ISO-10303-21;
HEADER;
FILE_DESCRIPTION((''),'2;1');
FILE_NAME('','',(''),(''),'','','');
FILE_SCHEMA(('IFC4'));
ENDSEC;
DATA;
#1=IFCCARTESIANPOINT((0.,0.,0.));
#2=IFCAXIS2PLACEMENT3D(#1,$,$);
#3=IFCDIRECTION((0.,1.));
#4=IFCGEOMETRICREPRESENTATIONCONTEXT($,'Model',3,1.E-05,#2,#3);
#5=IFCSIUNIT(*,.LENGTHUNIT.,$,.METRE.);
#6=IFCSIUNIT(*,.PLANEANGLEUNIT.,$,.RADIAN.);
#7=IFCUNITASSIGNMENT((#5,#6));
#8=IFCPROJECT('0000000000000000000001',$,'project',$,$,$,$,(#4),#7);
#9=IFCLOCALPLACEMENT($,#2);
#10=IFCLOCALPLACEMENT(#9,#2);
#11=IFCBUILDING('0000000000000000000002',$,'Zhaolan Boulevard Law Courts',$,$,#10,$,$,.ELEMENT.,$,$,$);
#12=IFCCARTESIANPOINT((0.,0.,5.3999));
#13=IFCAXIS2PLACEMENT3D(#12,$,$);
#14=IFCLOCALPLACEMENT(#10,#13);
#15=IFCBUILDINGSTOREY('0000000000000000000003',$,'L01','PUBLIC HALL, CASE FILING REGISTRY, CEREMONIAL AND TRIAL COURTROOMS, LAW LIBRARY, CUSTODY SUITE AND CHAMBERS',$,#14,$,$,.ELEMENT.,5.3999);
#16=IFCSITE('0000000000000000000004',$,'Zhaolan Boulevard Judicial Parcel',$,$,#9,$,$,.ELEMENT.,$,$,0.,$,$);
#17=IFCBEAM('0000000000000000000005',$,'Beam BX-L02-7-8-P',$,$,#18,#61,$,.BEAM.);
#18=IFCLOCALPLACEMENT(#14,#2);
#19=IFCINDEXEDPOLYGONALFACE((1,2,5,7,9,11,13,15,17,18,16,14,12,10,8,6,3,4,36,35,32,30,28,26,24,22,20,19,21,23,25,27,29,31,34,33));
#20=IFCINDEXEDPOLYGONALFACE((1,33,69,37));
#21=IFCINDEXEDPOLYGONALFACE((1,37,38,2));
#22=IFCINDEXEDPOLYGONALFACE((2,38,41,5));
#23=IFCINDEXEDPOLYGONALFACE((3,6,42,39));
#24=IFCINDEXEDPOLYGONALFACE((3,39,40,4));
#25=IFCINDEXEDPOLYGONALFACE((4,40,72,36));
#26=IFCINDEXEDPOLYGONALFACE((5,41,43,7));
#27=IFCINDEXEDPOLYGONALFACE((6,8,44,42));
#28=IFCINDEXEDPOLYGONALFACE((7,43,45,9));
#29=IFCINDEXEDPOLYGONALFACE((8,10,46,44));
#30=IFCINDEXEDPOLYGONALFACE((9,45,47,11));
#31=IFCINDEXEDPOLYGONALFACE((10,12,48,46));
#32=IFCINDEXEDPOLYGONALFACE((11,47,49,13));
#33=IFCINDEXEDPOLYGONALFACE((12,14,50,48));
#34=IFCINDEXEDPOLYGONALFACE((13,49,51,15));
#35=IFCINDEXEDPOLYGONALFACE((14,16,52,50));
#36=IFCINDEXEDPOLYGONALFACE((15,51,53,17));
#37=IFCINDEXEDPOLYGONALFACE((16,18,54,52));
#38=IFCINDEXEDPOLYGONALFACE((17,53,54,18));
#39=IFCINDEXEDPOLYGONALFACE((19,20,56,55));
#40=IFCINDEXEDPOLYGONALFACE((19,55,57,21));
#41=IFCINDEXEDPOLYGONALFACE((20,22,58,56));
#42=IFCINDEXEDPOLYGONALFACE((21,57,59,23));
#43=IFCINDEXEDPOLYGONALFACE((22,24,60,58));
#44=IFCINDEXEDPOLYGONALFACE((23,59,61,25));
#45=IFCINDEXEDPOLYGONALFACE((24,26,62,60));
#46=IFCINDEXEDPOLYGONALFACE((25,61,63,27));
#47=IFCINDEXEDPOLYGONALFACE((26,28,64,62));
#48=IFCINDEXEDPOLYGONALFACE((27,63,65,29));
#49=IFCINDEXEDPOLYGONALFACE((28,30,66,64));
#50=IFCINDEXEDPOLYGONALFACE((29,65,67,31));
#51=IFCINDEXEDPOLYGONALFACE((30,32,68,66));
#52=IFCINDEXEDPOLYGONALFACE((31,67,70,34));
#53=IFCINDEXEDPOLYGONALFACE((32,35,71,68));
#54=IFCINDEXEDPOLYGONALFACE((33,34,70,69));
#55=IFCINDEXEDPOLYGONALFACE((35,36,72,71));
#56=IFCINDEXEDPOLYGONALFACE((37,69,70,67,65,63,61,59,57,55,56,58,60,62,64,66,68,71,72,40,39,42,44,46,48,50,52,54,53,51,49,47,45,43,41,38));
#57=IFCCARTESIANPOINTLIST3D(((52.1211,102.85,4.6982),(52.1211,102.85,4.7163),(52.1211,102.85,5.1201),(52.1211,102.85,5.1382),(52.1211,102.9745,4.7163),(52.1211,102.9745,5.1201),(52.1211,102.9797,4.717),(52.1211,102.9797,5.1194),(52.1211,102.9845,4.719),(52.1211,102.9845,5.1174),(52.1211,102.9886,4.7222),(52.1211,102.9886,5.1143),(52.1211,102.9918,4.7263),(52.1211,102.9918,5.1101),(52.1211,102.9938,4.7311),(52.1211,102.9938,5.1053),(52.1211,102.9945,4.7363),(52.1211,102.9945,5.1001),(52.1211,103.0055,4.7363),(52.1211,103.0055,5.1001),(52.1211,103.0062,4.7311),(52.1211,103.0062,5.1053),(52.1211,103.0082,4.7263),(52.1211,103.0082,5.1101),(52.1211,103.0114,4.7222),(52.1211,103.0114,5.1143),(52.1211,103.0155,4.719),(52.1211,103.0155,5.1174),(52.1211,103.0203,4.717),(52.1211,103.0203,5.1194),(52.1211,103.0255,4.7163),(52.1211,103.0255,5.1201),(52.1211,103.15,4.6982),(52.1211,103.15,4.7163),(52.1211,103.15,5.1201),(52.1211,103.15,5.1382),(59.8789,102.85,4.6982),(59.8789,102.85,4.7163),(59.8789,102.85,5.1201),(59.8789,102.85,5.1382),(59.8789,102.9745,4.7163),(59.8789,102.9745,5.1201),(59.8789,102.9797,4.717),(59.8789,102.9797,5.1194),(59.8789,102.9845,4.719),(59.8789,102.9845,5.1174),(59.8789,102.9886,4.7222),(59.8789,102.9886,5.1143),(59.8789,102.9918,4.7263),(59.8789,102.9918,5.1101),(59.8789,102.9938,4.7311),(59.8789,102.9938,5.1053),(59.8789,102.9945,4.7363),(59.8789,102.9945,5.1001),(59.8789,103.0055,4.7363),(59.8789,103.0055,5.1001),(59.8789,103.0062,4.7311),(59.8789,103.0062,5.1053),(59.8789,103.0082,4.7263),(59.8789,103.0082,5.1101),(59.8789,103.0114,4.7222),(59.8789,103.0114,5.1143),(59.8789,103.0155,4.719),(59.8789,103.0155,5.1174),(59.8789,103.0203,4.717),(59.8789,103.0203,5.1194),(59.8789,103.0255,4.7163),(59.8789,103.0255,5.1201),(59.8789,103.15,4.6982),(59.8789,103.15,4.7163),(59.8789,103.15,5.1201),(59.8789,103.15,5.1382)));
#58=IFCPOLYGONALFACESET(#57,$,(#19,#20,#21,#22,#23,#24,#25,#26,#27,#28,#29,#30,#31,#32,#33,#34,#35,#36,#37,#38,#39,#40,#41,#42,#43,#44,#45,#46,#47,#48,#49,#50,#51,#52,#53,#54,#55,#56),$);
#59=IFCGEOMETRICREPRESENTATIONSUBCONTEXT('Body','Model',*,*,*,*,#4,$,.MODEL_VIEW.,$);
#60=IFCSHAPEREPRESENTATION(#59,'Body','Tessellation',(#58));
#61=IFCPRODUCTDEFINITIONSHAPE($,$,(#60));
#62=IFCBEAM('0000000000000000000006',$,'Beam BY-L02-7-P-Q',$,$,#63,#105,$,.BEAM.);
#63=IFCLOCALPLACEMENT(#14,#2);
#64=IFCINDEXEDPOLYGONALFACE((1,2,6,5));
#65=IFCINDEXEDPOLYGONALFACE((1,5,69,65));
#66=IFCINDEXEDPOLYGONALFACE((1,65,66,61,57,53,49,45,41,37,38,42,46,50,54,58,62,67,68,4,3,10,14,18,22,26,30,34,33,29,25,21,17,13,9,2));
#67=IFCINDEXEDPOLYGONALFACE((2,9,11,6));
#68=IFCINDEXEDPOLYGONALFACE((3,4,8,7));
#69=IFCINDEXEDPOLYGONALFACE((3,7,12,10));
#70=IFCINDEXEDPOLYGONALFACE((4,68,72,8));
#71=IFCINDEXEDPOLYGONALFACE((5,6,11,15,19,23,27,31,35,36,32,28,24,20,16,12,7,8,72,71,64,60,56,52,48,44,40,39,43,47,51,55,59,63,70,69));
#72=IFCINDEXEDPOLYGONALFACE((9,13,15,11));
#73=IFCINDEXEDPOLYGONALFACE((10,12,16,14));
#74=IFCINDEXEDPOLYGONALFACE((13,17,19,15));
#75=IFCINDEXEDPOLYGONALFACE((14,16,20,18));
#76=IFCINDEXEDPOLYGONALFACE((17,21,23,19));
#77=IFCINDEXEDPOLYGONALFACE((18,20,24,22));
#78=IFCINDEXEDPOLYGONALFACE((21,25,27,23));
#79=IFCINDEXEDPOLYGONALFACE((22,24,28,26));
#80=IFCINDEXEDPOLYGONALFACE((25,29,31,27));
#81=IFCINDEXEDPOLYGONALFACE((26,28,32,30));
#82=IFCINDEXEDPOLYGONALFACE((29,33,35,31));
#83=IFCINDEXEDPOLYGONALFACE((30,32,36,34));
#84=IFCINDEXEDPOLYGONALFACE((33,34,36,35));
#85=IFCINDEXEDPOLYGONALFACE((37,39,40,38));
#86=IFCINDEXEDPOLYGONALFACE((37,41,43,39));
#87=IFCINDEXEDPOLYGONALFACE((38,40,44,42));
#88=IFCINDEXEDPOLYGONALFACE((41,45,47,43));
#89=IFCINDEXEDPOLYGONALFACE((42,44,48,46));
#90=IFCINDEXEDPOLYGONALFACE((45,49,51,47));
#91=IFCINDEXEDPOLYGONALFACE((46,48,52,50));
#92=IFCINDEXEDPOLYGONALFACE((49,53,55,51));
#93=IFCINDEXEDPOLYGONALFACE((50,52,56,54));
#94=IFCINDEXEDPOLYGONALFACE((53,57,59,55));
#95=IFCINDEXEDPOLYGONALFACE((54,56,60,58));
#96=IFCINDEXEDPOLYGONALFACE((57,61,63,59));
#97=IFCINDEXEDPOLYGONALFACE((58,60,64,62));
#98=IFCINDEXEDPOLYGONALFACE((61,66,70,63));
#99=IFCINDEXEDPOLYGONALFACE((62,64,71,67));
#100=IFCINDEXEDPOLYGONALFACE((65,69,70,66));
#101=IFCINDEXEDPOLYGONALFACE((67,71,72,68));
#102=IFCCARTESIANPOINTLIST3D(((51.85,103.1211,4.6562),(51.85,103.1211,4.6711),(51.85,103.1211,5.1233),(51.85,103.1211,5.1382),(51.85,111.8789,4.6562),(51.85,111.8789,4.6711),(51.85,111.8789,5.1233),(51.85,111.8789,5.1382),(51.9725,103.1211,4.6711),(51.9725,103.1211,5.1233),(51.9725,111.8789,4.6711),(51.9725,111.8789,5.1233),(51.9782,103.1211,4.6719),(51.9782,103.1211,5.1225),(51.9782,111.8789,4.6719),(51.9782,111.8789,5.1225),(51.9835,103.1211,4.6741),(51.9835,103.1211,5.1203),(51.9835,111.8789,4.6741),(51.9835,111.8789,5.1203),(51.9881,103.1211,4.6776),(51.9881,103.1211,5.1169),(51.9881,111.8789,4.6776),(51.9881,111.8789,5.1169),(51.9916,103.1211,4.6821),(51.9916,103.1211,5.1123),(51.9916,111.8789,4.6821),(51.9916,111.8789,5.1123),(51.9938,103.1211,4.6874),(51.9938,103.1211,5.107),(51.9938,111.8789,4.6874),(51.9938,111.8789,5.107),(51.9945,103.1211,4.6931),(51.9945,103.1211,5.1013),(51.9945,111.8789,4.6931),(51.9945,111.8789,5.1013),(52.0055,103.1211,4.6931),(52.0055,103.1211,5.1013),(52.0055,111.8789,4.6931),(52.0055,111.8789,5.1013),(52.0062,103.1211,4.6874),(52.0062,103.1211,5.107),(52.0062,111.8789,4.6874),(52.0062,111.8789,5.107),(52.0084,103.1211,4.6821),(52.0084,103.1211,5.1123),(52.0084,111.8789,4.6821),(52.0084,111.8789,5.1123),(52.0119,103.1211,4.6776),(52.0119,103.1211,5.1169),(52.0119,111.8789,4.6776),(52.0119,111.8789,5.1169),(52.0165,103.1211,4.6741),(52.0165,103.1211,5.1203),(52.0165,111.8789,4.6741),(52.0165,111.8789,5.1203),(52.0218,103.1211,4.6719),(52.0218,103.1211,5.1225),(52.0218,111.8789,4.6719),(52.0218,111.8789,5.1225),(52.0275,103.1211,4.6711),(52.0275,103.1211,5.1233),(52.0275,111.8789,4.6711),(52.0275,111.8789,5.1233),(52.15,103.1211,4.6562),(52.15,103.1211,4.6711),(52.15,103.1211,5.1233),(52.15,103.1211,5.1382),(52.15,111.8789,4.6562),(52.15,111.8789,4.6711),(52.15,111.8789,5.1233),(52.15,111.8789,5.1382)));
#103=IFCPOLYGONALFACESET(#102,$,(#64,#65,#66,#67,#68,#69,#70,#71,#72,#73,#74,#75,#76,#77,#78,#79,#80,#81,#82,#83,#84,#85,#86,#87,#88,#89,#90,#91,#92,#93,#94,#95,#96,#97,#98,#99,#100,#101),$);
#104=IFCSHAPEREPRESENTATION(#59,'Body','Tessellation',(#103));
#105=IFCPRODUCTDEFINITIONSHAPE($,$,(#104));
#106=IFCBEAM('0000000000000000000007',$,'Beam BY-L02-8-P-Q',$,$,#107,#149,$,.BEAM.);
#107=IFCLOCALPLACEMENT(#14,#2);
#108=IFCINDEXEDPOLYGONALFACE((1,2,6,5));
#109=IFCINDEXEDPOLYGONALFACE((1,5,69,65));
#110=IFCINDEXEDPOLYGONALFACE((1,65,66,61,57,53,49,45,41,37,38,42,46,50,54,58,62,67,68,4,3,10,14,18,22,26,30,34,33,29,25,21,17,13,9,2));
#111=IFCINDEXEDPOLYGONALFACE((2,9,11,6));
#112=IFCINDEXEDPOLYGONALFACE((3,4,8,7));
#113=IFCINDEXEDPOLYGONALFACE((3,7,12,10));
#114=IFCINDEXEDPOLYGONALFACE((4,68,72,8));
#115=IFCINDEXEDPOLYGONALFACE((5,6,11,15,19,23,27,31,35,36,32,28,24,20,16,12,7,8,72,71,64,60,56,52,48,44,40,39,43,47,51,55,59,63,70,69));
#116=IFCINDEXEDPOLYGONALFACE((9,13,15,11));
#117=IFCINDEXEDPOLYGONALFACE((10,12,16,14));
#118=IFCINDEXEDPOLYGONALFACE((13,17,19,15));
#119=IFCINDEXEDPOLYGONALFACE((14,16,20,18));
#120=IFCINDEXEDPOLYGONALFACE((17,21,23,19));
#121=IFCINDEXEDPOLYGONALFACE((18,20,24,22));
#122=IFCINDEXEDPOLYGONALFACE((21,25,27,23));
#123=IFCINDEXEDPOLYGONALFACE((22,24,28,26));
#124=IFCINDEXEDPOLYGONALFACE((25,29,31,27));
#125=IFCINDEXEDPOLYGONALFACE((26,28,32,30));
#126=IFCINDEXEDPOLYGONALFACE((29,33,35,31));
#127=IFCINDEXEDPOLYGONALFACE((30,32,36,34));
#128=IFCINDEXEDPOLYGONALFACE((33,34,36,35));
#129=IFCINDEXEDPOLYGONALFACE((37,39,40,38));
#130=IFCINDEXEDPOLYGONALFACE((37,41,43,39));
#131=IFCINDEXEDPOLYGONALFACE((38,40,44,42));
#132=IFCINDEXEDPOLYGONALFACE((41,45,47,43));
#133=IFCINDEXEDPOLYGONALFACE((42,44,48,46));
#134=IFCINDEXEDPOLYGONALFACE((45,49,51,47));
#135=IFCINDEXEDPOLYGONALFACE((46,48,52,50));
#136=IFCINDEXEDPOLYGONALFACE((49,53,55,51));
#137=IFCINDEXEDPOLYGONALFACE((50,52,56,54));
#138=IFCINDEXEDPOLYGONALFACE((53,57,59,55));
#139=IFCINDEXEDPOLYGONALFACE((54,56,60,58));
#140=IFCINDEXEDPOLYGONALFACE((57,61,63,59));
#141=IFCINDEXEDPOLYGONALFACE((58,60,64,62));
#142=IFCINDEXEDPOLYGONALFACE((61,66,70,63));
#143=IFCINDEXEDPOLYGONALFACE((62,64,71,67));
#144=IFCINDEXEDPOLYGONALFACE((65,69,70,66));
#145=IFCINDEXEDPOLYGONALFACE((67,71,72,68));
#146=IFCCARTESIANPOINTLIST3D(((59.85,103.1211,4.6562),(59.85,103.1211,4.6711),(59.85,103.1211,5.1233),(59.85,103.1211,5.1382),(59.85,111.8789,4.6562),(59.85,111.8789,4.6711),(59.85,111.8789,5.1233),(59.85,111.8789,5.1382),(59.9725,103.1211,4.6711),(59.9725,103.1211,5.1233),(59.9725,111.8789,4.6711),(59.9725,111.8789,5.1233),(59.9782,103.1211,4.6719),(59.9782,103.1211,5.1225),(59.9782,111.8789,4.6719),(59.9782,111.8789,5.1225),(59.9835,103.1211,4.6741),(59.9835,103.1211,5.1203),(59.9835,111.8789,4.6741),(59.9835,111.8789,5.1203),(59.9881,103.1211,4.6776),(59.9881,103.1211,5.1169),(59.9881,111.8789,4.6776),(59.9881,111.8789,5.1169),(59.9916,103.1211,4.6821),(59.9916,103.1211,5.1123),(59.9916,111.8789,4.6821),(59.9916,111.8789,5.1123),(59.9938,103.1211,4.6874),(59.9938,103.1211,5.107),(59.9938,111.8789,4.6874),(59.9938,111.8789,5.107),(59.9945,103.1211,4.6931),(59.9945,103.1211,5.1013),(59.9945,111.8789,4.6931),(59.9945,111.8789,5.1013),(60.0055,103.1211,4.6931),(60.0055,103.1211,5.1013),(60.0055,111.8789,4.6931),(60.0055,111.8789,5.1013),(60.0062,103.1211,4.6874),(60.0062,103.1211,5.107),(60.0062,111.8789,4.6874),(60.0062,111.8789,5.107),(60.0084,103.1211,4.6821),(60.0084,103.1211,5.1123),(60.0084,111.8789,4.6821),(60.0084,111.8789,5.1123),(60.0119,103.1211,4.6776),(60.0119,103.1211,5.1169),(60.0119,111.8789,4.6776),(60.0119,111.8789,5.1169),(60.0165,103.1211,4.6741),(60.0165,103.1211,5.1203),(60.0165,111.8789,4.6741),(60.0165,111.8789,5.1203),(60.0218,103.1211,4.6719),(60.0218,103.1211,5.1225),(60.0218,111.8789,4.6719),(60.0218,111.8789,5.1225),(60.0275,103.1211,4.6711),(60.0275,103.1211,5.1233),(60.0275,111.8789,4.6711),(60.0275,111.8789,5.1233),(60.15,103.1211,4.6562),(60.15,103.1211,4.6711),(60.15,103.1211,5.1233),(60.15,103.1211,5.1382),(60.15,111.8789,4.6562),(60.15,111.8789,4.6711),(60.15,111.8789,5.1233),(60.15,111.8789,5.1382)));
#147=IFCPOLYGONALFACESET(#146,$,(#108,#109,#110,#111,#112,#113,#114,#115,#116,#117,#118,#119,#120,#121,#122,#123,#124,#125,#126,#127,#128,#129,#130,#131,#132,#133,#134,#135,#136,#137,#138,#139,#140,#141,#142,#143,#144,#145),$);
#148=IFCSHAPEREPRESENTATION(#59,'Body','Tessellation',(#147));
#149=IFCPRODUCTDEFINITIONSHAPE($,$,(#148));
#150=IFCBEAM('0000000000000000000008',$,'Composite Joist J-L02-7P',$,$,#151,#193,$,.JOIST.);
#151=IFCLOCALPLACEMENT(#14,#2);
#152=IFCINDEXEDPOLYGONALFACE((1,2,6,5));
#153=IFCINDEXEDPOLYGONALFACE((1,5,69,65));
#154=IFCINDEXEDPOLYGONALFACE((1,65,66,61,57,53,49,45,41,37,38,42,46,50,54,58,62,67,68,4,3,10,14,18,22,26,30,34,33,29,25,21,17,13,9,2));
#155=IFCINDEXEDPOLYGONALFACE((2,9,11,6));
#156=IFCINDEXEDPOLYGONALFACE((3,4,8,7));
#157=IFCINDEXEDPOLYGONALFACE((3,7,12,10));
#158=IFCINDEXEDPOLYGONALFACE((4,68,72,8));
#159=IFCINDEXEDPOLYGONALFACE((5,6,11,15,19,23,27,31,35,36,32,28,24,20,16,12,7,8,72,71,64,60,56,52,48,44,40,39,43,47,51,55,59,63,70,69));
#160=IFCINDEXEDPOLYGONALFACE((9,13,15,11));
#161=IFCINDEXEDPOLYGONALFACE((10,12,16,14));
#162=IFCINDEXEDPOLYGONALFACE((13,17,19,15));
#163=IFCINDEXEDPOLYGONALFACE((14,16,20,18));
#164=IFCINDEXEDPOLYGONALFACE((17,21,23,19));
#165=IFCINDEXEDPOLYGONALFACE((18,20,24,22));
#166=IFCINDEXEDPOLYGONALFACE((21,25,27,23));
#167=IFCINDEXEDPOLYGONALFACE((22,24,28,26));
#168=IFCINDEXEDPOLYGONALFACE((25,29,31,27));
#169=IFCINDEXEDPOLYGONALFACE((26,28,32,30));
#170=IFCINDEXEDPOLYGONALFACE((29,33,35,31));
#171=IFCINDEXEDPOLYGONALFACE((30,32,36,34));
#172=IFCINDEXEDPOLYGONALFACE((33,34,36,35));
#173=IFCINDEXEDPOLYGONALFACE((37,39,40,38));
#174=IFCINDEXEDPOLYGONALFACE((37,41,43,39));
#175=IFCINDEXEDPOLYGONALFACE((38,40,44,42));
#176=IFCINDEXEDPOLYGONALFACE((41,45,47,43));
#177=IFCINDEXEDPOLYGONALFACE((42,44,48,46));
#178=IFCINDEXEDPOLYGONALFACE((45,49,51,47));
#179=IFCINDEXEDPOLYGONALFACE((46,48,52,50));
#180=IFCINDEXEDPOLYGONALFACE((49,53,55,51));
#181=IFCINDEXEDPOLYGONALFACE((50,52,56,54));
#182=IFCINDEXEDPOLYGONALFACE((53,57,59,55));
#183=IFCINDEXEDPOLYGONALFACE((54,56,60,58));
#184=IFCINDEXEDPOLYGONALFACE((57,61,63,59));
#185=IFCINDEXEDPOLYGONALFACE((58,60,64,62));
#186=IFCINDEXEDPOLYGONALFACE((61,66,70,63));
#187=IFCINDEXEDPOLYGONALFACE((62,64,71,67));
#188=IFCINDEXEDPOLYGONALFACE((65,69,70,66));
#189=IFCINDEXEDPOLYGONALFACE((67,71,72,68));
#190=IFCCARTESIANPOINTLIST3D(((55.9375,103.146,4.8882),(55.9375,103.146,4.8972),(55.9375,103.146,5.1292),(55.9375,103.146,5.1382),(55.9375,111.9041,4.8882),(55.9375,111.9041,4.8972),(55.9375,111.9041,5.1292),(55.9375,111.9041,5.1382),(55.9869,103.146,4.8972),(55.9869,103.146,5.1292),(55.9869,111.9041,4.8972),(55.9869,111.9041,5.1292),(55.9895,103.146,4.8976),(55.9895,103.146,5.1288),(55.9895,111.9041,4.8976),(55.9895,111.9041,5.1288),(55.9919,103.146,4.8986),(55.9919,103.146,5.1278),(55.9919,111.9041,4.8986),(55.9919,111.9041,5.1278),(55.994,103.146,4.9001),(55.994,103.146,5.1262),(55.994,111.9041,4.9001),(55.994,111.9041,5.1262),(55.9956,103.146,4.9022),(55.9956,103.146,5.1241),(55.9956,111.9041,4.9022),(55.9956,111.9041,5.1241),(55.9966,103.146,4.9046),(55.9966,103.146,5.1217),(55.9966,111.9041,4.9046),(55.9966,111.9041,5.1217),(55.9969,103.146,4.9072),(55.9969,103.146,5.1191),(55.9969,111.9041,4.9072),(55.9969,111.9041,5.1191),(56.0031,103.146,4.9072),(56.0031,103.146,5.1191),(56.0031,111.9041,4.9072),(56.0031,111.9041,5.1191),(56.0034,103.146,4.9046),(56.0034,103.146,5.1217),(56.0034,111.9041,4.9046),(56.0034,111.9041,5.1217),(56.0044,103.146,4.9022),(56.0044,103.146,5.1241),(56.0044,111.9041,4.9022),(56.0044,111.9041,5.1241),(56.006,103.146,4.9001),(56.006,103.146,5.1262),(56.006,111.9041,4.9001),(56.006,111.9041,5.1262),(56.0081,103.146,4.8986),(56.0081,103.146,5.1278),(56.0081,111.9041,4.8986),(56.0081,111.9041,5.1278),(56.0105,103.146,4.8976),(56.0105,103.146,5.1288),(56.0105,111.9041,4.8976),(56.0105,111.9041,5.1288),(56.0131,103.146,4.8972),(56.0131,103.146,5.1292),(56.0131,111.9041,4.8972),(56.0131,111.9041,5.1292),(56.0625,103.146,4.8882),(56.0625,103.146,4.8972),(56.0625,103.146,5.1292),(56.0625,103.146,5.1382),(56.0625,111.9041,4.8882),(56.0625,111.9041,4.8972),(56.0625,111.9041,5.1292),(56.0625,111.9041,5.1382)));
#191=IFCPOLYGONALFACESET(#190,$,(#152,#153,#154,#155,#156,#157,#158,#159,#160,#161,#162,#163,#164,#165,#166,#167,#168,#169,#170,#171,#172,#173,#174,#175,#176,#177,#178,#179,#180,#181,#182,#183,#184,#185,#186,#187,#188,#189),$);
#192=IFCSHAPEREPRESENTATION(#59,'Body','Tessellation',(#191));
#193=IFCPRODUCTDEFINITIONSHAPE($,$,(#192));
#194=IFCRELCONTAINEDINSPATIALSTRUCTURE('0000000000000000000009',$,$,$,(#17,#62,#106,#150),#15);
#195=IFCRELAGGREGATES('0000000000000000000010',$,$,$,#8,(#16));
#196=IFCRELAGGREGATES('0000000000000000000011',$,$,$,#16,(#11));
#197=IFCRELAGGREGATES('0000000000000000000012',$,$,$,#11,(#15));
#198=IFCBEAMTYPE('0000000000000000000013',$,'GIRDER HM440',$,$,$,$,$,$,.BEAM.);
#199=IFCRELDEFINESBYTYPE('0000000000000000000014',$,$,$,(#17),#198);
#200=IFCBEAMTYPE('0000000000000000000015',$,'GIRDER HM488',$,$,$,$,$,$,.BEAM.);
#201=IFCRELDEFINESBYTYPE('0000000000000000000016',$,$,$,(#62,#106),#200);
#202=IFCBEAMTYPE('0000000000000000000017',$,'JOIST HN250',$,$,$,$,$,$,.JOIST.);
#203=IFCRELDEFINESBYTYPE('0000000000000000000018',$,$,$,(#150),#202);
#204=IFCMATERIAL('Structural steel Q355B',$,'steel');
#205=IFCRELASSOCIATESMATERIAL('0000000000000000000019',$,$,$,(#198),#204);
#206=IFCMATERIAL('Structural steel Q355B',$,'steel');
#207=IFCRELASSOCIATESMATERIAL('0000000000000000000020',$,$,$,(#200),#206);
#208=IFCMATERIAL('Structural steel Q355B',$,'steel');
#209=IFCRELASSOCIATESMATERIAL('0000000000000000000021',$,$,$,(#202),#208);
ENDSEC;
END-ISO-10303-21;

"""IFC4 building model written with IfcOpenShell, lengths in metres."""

from ifc_helpers import new_model, si_unit, direction, frame, origin, origin_2d, place, context, subcontext, project, spatial, i_section, extrude, material, material_profile, profile_set, type_object, element, save


model = new_model("IFC4")

# Units and contexts
model_context = context("Model", 3, precision=1e-05, world=origin(), true_north=direction((0.0, 1.0)))
body_context = subcontext(model_context, "Body", "Model", "MODEL_VIEW")
ifc_project = project(units=[si_unit("LENGTHUNIT", "METRE"), si_unit("PLANEANGLEUNIT", "RADIAN")], contexts=[model_context])

# Site, building, storey
site_placement = place(None, origin())
site = spatial("IfcSite", under=ifc_project, at=site_placement, Name="Zhaolan Boulevard Judicial Parcel", CompositionType="ELEMENT", RefElevation=0.0)
building_placement = place(site_placement, origin())
building = spatial("IfcBuilding", under=site, at=building_placement, Name="Zhaolan Boulevard Law Courts", CompositionType="ELEMENT")
storey_placement = place(building_placement, frame((0.0, 0.0, 5.3999)))
storey = spatial("IfcBuildingStorey", under=building, at=storey_placement, Name="L01", Description="PUBLIC HALL, CASE FILING REGISTRY, CEREMONIAL AND TRIAL COURTROOMS, LAW LIBRARY, CUSTODY SUITE AND CHAMBERS", CompositionType="ELEMENT", Elevation=5.3999)

# Beams
ifc_material_1 = material(Name="Structural steel Q355B", Category="steel")
ifc_material_profile_1 = material_profile(ifc_material_1, i_section(OverallWidth=0.3, OverallDepth=0.4399, WebThickness=0.011, FlangeThickness=0.0181, FilletRadius=0.02, at=origin_2d()), Name="HM440x300")
ifc_profile_set_1 = profile_set([ifc_material_profile_1], Name="Structural steel Q355B")
beam_type_1 = type_object("IfcBeamType", Name="GIRDER HM440", PredefinedType="BEAM", material=ifc_profile_set_1)
beam_1_placement = place(storey_placement, frame((52.1211, 103.0, 4.9182), z_axis=(1.0, 0.0, 0.0), x_axis=(0.0, 1.0, 0.0)))
element("IfcBeam", 1, at=beam_1_placement, inside=storey, type_object=beam_type_1, Name="Beam BX-L02-7-8-P", PredefinedType="BEAM", context=body_context, shape_type="SweptSolid", body=[
    extrude(i_section(OverallWidth=0.3, OverallDepth=0.4399, WebThickness=0.011, FlangeThickness=0.0181, FilletRadius=0.02, at=origin_2d()), origin(), (0.0, 0.0, 1.0), 7.7578),
])
ifc_material_2 = material(Name="Structural steel Q355B", Category="steel")
ifc_material_profile_2 = material_profile(ifc_material_2, i_section(OverallWidth=0.3, OverallDepth=0.4819, WebThickness=0.011, FlangeThickness=0.0149, FilletRadius=0.022, at=origin_2d()), Name="HM482x300")
ifc_profile_set_2 = profile_set([ifc_material_profile_2], Name="Structural steel Q355B")
beam_type_2 = type_object("IfcBeamType", Name="GIRDER HM488", PredefinedType="BEAM", material=ifc_profile_set_2)
for number, where, z_axis, x_axis, name in (
    (2, (52.0, 103.1211, 4.8972), (0.0, 1.0, 0.0), (-1.0, 0.0, 0.0), "Beam BY-L02-7-P-Q"),
    (3, (60.0, 103.1211, 4.8972), (0.0, 1.0, 0.0), (-1.0, 0.0, 0.0), "Beam BY-L02-8-P-Q"),
):
    element("IfcBeam", number, at=place(storey_placement, frame(where, z_axis=z_axis, x_axis=x_axis)), inside=storey, type_object=beam_type_2, Name=name, PredefinedType="BEAM", context=body_context, shape_type="SweptSolid", body=[
        extrude(i_section(OverallWidth=0.3, OverallDepth=0.4819, WebThickness=0.011, FlangeThickness=0.0149, FilletRadius=0.022, at=origin_2d()), origin(), (0.0, 0.0, 1.0), 8.7578),
    ])
ifc_material_3 = material(Name="Structural steel Q355B", Category="steel")
ifc_material_profile_3 = material_profile(ifc_material_3, i_section(OverallWidth=0.125, OverallDepth=0.25, WebThickness=0.0061, FlangeThickness=0.009, FilletRadius=0.01, at=origin_2d()), Name="HN250x125")
ifc_profile_set_3 = profile_set([ifc_material_profile_3], Name="Structural steel Q355B")
beam_type_3 = type_object("IfcBeamType", Name="JOIST HN250", PredefinedType="JOIST", material=ifc_profile_set_3)
beam_2_placement = place(storey_placement, frame((56.0, 103.146, 5.0132), z_axis=(0.0, 1.0, 0.0), x_axis=(-1.0, 0.0, 0.0)))
element("IfcBeam", 4, at=beam_2_placement, inside=storey, type_object=beam_type_3, Name="Composite Joist J-L02-7P", PredefinedType="JOIST", context=body_context, shape_type="SweptSolid", body=[
    extrude(i_section(OverallWidth=0.125, OverallDepth=0.25, WebThickness=0.0061, FlangeThickness=0.009, FilletRadius=0.01, at=origin_2d()), origin(), (0.0, 0.0, 1.0), 8.7581),
])

save(model, "model.ifc")
